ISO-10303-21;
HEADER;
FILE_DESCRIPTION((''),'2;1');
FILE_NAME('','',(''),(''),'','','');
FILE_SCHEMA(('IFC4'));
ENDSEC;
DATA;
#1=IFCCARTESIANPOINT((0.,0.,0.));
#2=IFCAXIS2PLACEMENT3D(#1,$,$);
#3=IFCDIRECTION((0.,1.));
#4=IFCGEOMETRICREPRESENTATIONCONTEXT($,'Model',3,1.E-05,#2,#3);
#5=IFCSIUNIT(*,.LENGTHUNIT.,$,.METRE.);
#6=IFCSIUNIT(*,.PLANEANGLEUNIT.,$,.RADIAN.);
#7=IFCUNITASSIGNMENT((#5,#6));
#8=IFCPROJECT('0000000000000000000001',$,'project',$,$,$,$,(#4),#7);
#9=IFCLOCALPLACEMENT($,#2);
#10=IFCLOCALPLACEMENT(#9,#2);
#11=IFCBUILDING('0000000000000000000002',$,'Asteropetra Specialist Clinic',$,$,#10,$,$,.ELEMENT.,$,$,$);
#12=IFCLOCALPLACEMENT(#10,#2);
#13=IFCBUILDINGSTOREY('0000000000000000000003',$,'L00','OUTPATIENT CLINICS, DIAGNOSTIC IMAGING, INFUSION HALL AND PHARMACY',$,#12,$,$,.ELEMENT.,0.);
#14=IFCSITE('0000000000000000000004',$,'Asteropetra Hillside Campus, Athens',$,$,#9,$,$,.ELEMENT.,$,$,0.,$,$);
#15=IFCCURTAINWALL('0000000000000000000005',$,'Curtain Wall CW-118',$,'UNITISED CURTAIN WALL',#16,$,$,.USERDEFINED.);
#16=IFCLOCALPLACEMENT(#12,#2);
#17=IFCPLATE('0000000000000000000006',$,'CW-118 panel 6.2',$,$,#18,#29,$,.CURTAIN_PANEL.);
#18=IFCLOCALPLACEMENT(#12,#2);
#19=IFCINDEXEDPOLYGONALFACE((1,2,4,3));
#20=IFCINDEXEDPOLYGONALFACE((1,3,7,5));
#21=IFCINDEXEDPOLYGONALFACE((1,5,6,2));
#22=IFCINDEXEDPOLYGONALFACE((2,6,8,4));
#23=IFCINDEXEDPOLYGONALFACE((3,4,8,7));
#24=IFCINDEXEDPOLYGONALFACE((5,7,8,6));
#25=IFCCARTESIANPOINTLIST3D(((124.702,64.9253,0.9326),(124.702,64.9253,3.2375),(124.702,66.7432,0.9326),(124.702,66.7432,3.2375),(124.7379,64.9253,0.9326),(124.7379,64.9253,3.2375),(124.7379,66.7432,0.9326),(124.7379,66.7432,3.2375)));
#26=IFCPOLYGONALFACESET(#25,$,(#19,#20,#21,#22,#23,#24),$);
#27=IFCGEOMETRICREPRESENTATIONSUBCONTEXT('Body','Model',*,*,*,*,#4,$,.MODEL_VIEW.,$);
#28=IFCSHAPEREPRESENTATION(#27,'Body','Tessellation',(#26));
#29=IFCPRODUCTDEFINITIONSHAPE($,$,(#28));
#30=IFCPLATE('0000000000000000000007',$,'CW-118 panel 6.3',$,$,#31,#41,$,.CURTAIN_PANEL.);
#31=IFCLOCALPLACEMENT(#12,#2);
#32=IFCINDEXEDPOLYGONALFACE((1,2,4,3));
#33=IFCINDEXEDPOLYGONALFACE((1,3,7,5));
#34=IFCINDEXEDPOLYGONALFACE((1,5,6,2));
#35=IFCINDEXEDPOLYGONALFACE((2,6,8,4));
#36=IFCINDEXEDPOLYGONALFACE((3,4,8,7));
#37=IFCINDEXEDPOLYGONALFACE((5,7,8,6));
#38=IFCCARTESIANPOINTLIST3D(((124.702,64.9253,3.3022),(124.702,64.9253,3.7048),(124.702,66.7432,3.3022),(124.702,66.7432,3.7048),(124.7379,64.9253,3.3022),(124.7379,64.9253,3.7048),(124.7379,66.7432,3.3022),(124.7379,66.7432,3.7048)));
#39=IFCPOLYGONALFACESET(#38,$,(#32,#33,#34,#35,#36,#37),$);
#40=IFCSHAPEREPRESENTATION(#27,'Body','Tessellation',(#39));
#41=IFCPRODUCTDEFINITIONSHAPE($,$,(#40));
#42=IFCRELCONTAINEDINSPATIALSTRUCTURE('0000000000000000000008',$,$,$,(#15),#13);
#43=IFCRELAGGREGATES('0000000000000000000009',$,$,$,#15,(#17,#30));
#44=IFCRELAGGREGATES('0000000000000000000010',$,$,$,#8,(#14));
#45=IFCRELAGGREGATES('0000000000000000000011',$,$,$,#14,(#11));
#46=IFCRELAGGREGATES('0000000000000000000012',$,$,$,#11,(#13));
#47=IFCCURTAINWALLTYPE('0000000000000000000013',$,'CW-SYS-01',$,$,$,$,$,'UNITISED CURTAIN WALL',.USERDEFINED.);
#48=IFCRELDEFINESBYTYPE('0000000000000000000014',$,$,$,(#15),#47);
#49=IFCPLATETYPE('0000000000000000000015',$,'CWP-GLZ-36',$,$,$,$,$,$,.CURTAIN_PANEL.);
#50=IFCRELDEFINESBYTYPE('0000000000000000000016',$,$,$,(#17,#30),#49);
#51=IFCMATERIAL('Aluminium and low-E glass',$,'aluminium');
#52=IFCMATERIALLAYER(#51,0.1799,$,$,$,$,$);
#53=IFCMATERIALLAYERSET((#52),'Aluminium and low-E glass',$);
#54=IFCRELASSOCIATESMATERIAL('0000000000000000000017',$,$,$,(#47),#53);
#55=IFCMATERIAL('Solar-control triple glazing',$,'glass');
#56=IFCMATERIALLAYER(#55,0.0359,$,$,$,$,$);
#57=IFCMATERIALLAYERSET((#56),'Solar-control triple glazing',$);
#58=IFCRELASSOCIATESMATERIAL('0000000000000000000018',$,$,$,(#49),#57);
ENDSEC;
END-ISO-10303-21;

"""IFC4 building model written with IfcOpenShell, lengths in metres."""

from ifc_helpers import new_model, si_unit, direction, frame, origin, origin_2d, place, context, subcontext, project, spatial, rectangle, extrude, material, layer, layer_set, type_object, element, aggregate, save


model = new_model("IFC4")

# Units and contexts
model_context = context("Model", 3, precision=1e-05, world=origin(), true_north=direction((0.0, 1.0)))
body_context = subcontext(model_context, "Body", "Model", "MODEL_VIEW")
ifc_project = project(units=[si_unit("LENGTHUNIT", "METRE"), si_unit("PLANEANGLEUNIT", "RADIAN")], contexts=[model_context])

# Site, building, storey
site_placement = place(None, origin())
site = spatial("IfcSite", under=ifc_project, at=site_placement, Name="Asteropetra Hillside Campus, Athens", CompositionType="ELEMENT", RefElevation=0.0)
building_placement = place(site_placement, origin())
building = spatial("IfcBuilding", under=site, at=building_placement, Name="Asteropetra Specialist Clinic", CompositionType="ELEMENT")
storey_placement = place(building_placement, origin())
storey = spatial("IfcBuildingStorey", under=building, at=storey_placement, Name="L00", Description="OUTPATIENT CLINICS, DIAGNOSTIC IMAGING, INFUSION HALL AND PHARMACY", CompositionType="ELEMENT", Elevation=0.0)

# Curtain wall
ifc_material_1 = material(Name="Aluminium and low-E glass", Category="aluminium")
ifc_layer_1 = layer(ifc_material_1, 0.1799)
ifc_layer_set_1 = layer_set([ifc_layer_1], Name="Aluminium and low-E glass")
curtain_wall_type_1 = type_object("IfcCurtainWallType", Name="CW-SYS-01", ElementType="UNITISED CURTAIN WALL", PredefinedType="USERDEFINED", material=ifc_layer_set_1)
curtain_wall_1_placement = place(storey_placement, origin())
curtain_wall_1 = element("IfcCurtainWall", 1, at=curtain_wall_1_placement, inside=storey, type_object=curtain_wall_type_1, Name="Curtain Wall CW-118", ObjectType="UNITISED CURTAIN WALL", PredefinedType="USERDEFINED")

# Plates
ifc_material_2 = material(Name="Solar-control triple glazing", Category="glass")
ifc_layer_2 = layer(ifc_material_2, 0.0359)
ifc_layer_set_2 = layer_set([ifc_layer_2], Name="Solar-control triple glazing")
plate_type = type_object("IfcPlateType", Name="CWP-GLZ-36", PredefinedType="CURTAIN_PANEL", material=ifc_layer_set_2)
plate_1_placement = place(storey_placement, frame((124.72, 65.8342, 0.9326), z_axis=(0.0, 0.0, 1.0), x_axis=(0.0, -1.0, 0.0)))
plate_1 = element("IfcPlate", 2, at=plate_1_placement, type_object=plate_type, Name="CW-118 panel 6.2", PredefinedType="CURTAIN_PANEL", context=body_context, shape_type="SweptSolid", body=[
    extrude(rectangle(XDim=1.8179, YDim=0.0359, at=origin_2d()), origin(), (0.0, 0.0, 1.0), 2.3049),
])
plate_2_placement = place(storey_placement, frame((124.72, 65.8342, 3.3022), z_axis=(0.0, 0.0, 1.0), x_axis=(0.0, -1.0, 0.0)))
plate_2 = element("IfcPlate", 3, at=plate_2_placement, type_object=plate_type, Name="CW-118 panel 6.3", PredefinedType="CURTAIN_PANEL", context=body_context, shape_type="SweptSolid", body=[
    extrude(rectangle(XDim=1.8179, YDim=0.0359, at=origin_2d()), origin(), (0.0, 0.0, 1.0), 0.4026),
])
aggregate(curtain_wall_1, [plate_1, plate_2])

save(model, "model.ifc")
